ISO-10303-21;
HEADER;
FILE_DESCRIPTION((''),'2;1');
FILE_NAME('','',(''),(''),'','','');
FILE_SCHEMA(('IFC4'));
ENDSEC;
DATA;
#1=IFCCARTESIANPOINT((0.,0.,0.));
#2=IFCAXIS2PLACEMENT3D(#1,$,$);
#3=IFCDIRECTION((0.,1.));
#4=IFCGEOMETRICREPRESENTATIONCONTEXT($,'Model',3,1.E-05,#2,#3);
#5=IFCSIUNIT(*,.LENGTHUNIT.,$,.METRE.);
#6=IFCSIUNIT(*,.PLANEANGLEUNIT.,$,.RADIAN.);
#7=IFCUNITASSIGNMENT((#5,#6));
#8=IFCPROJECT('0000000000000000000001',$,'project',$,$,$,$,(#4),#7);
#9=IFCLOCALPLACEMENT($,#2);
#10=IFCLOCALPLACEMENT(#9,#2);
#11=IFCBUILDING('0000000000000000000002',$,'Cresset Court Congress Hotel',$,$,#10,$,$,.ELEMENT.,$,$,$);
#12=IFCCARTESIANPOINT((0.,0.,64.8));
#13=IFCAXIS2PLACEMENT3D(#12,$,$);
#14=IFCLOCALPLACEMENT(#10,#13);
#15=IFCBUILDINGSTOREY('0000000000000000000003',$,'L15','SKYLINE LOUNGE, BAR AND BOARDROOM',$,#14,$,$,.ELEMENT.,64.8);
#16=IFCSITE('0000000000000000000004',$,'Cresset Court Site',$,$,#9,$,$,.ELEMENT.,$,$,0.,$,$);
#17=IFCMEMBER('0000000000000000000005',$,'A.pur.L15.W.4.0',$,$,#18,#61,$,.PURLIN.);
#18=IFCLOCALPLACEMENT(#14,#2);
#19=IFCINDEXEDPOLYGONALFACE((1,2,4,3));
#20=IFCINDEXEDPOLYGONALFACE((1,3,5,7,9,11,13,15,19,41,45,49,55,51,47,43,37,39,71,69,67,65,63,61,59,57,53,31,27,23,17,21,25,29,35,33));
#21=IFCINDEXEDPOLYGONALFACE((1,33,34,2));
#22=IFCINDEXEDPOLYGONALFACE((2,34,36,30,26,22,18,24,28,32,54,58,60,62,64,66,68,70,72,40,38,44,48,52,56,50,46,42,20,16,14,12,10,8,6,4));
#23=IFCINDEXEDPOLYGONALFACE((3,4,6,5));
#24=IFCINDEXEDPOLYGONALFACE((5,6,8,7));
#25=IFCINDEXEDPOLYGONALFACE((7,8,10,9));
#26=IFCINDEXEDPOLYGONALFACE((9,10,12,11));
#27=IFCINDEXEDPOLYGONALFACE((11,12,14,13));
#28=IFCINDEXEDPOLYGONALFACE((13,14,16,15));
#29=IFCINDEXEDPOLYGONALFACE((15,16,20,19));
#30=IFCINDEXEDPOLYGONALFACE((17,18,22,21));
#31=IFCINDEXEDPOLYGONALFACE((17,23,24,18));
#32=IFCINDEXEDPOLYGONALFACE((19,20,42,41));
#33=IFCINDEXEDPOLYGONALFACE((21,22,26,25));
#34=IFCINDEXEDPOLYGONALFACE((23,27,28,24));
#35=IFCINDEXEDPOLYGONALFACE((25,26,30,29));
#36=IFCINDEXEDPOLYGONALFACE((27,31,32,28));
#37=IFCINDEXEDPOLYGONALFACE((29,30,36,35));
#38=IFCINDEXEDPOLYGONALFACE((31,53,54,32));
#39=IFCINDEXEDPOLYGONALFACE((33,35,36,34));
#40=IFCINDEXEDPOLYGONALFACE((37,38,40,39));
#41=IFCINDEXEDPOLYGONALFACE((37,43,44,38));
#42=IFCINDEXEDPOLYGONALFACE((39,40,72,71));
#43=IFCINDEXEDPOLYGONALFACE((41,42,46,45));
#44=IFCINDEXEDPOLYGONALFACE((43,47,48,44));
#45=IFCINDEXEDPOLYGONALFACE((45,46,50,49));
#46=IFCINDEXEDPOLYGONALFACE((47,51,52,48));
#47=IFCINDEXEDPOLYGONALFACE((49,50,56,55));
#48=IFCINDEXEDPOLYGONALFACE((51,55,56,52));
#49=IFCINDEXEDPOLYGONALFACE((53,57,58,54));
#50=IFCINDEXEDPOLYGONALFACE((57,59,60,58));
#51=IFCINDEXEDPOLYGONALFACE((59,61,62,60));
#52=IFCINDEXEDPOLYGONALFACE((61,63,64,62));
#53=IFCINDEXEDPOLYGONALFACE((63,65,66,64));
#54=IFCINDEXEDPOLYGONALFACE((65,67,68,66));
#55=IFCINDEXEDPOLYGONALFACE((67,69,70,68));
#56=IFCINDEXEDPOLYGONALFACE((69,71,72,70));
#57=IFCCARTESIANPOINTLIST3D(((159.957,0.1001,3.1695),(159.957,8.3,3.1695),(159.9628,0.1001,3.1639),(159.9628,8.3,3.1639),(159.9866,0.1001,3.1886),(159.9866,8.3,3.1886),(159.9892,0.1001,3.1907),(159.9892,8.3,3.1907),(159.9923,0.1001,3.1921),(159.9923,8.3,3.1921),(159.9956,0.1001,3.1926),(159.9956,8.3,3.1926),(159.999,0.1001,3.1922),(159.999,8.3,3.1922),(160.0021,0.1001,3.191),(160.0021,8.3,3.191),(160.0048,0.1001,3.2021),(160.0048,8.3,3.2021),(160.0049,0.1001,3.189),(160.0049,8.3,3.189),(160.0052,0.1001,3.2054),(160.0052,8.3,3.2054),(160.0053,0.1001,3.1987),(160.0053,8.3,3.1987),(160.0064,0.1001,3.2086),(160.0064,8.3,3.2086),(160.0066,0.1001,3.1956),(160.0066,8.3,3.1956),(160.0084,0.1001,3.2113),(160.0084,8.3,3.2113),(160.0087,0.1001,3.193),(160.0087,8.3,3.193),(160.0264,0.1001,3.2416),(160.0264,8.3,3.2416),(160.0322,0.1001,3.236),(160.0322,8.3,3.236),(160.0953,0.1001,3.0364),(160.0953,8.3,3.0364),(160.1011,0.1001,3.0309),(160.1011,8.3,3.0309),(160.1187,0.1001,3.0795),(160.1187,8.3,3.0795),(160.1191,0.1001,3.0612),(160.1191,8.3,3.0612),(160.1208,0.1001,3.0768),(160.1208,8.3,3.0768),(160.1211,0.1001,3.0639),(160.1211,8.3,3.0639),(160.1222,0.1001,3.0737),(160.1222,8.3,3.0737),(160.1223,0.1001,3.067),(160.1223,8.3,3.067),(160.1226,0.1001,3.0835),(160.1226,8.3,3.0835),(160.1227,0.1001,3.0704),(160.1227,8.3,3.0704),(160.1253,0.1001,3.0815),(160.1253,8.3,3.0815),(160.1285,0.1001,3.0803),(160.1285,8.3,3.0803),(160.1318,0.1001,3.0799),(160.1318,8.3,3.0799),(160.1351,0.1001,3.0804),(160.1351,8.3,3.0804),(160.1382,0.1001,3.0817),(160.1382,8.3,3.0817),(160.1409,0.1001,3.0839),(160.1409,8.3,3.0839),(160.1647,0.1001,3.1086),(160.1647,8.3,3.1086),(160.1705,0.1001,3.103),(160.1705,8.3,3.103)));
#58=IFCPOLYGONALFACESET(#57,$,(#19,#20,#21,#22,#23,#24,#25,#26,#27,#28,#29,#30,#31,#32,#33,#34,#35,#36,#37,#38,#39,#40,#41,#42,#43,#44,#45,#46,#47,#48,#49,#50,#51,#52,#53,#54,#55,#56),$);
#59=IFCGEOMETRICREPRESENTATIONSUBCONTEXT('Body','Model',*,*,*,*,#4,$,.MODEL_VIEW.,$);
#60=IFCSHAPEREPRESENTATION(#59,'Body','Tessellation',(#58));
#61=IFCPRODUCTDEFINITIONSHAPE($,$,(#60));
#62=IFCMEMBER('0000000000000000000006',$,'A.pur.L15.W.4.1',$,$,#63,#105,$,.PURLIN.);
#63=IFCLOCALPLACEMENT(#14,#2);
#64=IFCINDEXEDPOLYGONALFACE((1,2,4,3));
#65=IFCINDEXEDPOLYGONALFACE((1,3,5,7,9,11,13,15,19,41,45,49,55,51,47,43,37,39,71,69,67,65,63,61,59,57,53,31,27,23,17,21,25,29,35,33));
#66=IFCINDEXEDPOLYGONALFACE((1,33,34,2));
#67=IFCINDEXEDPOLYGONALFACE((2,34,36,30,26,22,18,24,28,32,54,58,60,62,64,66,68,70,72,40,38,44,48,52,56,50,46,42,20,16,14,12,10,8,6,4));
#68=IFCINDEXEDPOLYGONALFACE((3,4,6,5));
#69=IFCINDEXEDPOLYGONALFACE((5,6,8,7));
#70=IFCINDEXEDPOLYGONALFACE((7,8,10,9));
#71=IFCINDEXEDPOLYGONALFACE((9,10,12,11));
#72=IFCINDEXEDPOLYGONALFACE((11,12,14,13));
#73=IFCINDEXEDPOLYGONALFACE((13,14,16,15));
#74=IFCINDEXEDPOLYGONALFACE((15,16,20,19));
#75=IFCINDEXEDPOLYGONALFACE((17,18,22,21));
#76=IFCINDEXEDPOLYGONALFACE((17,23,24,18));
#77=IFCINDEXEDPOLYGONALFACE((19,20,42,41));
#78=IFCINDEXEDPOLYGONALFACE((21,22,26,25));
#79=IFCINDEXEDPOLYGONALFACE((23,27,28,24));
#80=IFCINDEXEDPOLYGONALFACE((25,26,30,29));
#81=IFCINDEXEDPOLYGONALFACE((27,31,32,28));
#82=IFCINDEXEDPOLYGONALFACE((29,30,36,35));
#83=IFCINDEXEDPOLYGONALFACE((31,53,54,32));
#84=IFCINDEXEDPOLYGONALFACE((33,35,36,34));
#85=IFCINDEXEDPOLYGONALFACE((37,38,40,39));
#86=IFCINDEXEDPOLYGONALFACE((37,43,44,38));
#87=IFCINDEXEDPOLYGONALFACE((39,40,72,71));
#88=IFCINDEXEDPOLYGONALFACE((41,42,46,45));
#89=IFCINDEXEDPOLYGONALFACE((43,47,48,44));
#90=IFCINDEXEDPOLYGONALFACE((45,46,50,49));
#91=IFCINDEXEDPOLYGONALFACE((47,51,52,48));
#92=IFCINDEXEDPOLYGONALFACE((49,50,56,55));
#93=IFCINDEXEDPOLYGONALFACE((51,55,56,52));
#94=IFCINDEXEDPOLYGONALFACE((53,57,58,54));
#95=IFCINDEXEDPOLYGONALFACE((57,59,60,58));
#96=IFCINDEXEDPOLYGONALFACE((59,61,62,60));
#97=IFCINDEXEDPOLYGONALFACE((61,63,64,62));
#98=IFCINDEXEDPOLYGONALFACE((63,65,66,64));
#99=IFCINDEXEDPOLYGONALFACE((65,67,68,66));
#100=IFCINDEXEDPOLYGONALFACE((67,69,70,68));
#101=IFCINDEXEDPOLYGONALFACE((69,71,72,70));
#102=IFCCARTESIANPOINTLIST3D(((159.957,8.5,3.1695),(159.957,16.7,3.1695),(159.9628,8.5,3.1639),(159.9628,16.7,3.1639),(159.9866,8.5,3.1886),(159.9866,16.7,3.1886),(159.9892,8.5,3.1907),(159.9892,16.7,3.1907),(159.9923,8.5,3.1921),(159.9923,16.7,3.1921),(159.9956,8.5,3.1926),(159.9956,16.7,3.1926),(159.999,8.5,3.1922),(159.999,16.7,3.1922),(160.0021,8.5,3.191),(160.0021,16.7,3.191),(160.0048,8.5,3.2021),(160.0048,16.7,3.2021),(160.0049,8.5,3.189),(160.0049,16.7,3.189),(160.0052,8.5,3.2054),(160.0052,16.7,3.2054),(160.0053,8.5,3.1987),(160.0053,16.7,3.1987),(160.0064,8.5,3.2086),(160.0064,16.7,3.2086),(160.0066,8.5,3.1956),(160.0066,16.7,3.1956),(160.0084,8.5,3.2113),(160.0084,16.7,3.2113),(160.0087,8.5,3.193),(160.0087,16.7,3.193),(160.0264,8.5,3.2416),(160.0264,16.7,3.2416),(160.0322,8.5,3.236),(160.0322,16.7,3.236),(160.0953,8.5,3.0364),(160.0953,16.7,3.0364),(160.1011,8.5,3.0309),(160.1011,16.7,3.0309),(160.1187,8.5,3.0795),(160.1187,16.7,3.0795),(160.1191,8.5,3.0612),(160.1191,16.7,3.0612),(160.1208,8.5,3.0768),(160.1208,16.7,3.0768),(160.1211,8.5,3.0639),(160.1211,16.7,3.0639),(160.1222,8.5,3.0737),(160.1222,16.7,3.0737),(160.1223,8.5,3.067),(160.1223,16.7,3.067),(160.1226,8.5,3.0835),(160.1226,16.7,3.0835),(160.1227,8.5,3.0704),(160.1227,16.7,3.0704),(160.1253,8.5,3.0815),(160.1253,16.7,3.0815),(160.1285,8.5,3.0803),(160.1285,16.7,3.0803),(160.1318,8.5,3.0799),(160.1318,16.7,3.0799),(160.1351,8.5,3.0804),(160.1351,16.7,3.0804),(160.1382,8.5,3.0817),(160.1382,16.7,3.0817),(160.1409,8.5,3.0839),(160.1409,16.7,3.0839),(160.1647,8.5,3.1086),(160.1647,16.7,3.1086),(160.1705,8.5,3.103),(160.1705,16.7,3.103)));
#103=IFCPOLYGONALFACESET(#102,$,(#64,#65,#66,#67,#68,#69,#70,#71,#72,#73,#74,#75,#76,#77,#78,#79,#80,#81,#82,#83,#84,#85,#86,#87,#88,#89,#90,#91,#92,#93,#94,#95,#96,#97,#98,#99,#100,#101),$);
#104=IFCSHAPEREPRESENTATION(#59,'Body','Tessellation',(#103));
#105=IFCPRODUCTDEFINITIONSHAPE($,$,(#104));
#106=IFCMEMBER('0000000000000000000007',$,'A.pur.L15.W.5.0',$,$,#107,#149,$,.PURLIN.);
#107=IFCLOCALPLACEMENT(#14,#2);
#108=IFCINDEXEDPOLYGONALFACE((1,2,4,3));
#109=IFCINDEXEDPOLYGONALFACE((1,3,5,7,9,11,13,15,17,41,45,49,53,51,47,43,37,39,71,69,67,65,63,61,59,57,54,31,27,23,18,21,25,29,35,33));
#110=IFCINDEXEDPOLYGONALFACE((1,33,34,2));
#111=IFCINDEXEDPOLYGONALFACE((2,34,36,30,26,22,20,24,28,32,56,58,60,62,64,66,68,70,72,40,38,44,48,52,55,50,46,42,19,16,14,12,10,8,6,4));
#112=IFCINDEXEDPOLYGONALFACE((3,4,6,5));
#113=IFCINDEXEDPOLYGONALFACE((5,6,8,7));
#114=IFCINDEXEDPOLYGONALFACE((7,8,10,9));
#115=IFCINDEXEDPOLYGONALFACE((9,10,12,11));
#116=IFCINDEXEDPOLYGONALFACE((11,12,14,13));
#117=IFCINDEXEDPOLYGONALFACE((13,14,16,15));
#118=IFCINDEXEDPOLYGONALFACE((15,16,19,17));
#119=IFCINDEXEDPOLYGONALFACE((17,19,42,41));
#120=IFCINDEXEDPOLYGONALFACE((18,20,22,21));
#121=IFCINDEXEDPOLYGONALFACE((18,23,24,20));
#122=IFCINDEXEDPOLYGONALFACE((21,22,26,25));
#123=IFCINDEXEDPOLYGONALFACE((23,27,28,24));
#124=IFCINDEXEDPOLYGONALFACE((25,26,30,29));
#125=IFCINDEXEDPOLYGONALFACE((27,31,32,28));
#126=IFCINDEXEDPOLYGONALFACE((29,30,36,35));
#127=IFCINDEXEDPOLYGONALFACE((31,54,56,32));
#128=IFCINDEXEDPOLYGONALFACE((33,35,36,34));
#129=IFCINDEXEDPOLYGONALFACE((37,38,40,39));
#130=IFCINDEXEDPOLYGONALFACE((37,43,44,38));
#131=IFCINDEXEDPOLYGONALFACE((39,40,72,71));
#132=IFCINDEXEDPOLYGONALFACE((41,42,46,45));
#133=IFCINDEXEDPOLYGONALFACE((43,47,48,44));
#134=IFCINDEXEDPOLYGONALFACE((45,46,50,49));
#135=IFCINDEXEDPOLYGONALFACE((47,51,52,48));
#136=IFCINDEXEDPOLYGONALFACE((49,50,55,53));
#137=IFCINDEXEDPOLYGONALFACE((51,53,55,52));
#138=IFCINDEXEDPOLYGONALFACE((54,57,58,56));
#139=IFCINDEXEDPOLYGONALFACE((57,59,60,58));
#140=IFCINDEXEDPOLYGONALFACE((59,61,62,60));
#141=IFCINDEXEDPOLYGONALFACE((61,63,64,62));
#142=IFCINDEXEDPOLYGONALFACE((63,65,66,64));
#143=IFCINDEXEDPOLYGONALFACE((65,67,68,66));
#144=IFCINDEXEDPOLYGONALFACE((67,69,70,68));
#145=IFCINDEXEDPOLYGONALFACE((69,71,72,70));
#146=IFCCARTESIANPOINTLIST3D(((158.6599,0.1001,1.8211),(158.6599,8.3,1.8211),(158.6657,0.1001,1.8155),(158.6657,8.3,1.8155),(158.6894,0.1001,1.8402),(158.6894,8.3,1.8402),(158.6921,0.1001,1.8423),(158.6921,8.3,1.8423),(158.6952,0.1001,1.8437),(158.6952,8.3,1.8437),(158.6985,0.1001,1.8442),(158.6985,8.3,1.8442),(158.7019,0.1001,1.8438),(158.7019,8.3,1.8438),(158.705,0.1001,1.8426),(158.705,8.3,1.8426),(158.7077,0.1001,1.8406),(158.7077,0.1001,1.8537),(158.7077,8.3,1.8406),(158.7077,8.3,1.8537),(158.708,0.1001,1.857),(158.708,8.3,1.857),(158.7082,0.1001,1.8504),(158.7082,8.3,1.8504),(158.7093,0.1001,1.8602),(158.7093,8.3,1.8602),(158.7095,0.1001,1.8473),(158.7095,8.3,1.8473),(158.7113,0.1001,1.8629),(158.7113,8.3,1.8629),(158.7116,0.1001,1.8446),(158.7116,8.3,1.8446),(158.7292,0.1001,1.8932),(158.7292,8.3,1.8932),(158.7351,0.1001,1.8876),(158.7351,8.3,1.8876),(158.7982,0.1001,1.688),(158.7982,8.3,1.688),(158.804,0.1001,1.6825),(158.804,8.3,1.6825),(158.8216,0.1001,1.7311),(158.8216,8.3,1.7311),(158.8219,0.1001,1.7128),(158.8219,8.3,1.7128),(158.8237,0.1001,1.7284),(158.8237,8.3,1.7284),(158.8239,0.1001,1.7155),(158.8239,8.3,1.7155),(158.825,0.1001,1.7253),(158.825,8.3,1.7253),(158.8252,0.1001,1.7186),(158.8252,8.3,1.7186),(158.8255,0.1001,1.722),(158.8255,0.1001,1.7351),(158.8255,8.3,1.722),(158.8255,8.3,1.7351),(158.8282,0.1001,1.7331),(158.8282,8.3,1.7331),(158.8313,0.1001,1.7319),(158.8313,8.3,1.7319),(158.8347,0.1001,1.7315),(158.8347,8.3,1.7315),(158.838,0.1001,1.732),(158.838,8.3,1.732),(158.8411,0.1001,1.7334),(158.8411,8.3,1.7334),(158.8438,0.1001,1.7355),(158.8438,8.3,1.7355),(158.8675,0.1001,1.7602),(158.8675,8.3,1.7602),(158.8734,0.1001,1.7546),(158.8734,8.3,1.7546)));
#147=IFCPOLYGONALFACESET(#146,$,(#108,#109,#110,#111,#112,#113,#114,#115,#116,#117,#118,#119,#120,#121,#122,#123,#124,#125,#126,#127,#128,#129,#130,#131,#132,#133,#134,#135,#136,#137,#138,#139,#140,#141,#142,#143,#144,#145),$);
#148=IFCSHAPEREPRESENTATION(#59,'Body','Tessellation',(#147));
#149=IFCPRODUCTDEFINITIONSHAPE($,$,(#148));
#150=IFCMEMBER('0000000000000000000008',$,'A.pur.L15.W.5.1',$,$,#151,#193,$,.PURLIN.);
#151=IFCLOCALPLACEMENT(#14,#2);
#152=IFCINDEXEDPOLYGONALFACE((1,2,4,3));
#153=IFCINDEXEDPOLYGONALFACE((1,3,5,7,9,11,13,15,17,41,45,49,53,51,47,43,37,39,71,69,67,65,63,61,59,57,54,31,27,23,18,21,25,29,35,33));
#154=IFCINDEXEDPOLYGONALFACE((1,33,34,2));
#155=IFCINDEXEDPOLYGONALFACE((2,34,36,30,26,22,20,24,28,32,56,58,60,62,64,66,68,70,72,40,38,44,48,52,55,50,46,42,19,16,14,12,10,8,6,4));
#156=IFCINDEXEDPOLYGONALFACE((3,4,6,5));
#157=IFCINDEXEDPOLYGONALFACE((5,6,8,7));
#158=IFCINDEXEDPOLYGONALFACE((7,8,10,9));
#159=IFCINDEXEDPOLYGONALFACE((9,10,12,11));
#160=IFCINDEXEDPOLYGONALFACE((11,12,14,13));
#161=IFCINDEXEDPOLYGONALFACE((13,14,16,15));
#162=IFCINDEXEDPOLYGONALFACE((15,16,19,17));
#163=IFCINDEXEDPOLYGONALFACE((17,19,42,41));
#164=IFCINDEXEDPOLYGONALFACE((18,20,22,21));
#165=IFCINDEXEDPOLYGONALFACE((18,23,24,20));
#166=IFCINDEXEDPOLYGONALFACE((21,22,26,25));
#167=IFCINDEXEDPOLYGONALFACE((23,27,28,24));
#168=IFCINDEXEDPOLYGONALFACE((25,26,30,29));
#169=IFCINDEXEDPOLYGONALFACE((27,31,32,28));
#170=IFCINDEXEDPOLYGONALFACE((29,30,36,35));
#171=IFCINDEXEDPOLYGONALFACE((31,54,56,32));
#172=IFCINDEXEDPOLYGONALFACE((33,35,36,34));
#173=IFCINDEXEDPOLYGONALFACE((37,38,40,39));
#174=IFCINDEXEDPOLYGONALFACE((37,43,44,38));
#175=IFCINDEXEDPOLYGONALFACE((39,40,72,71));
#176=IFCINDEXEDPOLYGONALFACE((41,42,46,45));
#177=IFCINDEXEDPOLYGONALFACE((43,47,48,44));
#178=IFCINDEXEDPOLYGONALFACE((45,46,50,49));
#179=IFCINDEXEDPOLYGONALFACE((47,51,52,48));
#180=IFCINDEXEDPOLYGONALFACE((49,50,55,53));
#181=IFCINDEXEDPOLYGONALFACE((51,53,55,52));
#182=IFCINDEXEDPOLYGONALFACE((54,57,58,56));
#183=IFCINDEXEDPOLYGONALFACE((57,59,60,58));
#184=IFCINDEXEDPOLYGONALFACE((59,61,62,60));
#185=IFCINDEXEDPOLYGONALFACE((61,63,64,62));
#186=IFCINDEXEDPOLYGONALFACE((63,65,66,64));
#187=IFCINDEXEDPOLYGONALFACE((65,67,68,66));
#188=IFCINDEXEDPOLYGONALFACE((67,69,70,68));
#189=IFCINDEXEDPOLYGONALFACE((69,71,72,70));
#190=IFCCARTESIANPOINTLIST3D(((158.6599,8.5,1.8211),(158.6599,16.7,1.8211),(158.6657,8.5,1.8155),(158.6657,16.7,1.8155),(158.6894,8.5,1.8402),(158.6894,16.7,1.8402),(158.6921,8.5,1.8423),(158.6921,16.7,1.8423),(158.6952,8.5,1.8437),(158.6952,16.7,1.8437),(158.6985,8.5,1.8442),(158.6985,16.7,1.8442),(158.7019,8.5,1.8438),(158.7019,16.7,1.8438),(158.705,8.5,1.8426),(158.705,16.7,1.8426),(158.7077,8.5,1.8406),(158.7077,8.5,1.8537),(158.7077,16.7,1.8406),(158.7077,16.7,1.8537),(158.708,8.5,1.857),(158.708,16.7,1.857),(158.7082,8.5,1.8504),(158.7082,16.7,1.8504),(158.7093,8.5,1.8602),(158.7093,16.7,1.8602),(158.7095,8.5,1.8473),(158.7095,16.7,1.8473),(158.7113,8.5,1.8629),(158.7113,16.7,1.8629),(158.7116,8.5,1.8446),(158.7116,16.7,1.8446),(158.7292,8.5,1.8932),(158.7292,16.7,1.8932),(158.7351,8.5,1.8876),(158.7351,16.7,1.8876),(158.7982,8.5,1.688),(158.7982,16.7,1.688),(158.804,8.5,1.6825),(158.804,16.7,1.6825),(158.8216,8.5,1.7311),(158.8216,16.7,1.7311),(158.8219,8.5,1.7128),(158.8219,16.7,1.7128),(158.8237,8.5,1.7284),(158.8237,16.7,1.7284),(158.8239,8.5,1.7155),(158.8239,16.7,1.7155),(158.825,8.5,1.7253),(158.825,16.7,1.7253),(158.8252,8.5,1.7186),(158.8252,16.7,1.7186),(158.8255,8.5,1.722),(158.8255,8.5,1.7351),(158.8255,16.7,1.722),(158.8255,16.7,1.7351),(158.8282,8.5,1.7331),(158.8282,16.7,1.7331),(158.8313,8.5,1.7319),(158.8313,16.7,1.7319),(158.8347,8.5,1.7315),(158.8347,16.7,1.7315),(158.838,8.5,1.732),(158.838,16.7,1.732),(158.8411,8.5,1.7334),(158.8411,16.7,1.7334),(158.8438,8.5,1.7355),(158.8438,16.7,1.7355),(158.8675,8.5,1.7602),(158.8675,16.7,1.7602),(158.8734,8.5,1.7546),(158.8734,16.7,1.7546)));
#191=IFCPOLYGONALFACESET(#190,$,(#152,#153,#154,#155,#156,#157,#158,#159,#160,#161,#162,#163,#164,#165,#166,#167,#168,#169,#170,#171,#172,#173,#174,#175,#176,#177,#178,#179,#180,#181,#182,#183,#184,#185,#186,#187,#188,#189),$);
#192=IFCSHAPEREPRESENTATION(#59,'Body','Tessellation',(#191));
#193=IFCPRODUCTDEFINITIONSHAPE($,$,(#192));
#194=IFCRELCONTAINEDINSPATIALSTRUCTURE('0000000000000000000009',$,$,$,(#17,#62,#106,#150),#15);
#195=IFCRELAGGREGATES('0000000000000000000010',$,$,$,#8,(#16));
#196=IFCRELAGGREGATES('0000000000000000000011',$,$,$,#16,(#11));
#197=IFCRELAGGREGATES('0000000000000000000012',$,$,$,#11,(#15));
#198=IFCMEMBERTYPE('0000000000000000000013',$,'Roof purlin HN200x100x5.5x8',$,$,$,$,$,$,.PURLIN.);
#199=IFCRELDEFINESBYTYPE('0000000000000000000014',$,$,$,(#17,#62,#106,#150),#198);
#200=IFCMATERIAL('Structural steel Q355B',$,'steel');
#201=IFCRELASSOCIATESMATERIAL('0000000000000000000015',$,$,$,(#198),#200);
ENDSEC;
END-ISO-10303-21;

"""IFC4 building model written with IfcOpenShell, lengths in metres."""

from ifc_helpers import new_model, si_unit, direction, frame, origin, origin_2d, place, context, subcontext, project, spatial, i_section, extrude, material, material_profile, profile_set, type_object, element, save


model = new_model("IFC4")

# Units and contexts
model_context = context("Model", 3, precision=1e-05, world=origin(), true_north=direction((0.0, 1.0)))
body_context = subcontext(model_context, "Body", "Model", "MODEL_VIEW")
ifc_project = project(units=[si_unit("LENGTHUNIT", "METRE"), si_unit("PLANEANGLEUNIT", "RADIAN")], contexts=[model_context])

# Site, building, storey
site_placement = place(None, origin())
site = spatial("IfcSite", under=ifc_project, at=site_placement, Name="Cresset Court Site", CompositionType="ELEMENT", RefElevation=0.0)
building_placement = place(site_placement, origin())
building = spatial("IfcBuilding", under=site, at=building_placement, Name="Cresset Court Congress Hotel", CompositionType="ELEMENT")
storey_placement = place(building_placement, frame((0.0, 0.0, 64.8)))
storey = spatial("IfcBuildingStorey", under=building, at=storey_placement, Name="L15", Description="SKYLINE LOUNGE, BAR AND BOARDROOM", CompositionType="ELEMENT", Elevation=64.8)

# Members
ifc_material_1 = material(Name="Structural steel Q355B", Category="steel")
ifc_material_profile_1 = material_profile(ifc_material_1, i_section(OverallWidth=0.1001, OverallDepth=0.2, WebThickness=0.0056, FlangeThickness=0.0081, FilletRadius=0.0129, at=origin_2d()), Name="HN200x100x5.5x8")
ifc_profile_set_1 = profile_set([ifc_material_profile_1], Name="Structural steel Q355B")
member_type_1 = type_object("IfcMemberType", Name="Roof purlin HN200x100x5.5x8", PredefinedType="PURLIN", material=ifc_profile_set_1)
for number, where, z_axis, x_axis, name in (
    (1, (160.0637, 0.1001, 3.1362), (0.0, 1.0, 0.0), (-0.693246, 0.0, -0.720701), "A.pur.L15.W.4.0"),
    (2, (160.0637, 8.5, 3.1362), (0.0, 1.0, 0.0), (-0.693246, 0.0, -0.720701), "A.pur.L15.W.4.1"),
    (3, (158.7666, 0.1001, 1.7878), (0.0, 1.0, 0.0), (-0.693246, 0.0, -0.720701), "A.pur.L15.W.5.0"),
    (4, (158.7666, 8.5, 1.7878), (0.0, 1.0, 0.0), (-0.693246, 0.0, -0.720701), "A.pur.L15.W.5.1"),
):
    element("IfcMember", number, at=place(storey_placement, frame(where, z_axis=z_axis, x_axis=x_axis)), inside=storey, type_object=member_type_1, Name=name, PredefinedType="PURLIN", context=body_context, shape_type="SweptSolid", body=[
        extrude(i_section(OverallWidth=0.1001, OverallDepth=0.2, WebThickness=0.0056, FlangeThickness=0.0081, FilletRadius=0.0129, at=origin_2d()), origin(), (0.0, 0.0, 1.0), 8.2),
    ])

save(model, "model.ifc")
